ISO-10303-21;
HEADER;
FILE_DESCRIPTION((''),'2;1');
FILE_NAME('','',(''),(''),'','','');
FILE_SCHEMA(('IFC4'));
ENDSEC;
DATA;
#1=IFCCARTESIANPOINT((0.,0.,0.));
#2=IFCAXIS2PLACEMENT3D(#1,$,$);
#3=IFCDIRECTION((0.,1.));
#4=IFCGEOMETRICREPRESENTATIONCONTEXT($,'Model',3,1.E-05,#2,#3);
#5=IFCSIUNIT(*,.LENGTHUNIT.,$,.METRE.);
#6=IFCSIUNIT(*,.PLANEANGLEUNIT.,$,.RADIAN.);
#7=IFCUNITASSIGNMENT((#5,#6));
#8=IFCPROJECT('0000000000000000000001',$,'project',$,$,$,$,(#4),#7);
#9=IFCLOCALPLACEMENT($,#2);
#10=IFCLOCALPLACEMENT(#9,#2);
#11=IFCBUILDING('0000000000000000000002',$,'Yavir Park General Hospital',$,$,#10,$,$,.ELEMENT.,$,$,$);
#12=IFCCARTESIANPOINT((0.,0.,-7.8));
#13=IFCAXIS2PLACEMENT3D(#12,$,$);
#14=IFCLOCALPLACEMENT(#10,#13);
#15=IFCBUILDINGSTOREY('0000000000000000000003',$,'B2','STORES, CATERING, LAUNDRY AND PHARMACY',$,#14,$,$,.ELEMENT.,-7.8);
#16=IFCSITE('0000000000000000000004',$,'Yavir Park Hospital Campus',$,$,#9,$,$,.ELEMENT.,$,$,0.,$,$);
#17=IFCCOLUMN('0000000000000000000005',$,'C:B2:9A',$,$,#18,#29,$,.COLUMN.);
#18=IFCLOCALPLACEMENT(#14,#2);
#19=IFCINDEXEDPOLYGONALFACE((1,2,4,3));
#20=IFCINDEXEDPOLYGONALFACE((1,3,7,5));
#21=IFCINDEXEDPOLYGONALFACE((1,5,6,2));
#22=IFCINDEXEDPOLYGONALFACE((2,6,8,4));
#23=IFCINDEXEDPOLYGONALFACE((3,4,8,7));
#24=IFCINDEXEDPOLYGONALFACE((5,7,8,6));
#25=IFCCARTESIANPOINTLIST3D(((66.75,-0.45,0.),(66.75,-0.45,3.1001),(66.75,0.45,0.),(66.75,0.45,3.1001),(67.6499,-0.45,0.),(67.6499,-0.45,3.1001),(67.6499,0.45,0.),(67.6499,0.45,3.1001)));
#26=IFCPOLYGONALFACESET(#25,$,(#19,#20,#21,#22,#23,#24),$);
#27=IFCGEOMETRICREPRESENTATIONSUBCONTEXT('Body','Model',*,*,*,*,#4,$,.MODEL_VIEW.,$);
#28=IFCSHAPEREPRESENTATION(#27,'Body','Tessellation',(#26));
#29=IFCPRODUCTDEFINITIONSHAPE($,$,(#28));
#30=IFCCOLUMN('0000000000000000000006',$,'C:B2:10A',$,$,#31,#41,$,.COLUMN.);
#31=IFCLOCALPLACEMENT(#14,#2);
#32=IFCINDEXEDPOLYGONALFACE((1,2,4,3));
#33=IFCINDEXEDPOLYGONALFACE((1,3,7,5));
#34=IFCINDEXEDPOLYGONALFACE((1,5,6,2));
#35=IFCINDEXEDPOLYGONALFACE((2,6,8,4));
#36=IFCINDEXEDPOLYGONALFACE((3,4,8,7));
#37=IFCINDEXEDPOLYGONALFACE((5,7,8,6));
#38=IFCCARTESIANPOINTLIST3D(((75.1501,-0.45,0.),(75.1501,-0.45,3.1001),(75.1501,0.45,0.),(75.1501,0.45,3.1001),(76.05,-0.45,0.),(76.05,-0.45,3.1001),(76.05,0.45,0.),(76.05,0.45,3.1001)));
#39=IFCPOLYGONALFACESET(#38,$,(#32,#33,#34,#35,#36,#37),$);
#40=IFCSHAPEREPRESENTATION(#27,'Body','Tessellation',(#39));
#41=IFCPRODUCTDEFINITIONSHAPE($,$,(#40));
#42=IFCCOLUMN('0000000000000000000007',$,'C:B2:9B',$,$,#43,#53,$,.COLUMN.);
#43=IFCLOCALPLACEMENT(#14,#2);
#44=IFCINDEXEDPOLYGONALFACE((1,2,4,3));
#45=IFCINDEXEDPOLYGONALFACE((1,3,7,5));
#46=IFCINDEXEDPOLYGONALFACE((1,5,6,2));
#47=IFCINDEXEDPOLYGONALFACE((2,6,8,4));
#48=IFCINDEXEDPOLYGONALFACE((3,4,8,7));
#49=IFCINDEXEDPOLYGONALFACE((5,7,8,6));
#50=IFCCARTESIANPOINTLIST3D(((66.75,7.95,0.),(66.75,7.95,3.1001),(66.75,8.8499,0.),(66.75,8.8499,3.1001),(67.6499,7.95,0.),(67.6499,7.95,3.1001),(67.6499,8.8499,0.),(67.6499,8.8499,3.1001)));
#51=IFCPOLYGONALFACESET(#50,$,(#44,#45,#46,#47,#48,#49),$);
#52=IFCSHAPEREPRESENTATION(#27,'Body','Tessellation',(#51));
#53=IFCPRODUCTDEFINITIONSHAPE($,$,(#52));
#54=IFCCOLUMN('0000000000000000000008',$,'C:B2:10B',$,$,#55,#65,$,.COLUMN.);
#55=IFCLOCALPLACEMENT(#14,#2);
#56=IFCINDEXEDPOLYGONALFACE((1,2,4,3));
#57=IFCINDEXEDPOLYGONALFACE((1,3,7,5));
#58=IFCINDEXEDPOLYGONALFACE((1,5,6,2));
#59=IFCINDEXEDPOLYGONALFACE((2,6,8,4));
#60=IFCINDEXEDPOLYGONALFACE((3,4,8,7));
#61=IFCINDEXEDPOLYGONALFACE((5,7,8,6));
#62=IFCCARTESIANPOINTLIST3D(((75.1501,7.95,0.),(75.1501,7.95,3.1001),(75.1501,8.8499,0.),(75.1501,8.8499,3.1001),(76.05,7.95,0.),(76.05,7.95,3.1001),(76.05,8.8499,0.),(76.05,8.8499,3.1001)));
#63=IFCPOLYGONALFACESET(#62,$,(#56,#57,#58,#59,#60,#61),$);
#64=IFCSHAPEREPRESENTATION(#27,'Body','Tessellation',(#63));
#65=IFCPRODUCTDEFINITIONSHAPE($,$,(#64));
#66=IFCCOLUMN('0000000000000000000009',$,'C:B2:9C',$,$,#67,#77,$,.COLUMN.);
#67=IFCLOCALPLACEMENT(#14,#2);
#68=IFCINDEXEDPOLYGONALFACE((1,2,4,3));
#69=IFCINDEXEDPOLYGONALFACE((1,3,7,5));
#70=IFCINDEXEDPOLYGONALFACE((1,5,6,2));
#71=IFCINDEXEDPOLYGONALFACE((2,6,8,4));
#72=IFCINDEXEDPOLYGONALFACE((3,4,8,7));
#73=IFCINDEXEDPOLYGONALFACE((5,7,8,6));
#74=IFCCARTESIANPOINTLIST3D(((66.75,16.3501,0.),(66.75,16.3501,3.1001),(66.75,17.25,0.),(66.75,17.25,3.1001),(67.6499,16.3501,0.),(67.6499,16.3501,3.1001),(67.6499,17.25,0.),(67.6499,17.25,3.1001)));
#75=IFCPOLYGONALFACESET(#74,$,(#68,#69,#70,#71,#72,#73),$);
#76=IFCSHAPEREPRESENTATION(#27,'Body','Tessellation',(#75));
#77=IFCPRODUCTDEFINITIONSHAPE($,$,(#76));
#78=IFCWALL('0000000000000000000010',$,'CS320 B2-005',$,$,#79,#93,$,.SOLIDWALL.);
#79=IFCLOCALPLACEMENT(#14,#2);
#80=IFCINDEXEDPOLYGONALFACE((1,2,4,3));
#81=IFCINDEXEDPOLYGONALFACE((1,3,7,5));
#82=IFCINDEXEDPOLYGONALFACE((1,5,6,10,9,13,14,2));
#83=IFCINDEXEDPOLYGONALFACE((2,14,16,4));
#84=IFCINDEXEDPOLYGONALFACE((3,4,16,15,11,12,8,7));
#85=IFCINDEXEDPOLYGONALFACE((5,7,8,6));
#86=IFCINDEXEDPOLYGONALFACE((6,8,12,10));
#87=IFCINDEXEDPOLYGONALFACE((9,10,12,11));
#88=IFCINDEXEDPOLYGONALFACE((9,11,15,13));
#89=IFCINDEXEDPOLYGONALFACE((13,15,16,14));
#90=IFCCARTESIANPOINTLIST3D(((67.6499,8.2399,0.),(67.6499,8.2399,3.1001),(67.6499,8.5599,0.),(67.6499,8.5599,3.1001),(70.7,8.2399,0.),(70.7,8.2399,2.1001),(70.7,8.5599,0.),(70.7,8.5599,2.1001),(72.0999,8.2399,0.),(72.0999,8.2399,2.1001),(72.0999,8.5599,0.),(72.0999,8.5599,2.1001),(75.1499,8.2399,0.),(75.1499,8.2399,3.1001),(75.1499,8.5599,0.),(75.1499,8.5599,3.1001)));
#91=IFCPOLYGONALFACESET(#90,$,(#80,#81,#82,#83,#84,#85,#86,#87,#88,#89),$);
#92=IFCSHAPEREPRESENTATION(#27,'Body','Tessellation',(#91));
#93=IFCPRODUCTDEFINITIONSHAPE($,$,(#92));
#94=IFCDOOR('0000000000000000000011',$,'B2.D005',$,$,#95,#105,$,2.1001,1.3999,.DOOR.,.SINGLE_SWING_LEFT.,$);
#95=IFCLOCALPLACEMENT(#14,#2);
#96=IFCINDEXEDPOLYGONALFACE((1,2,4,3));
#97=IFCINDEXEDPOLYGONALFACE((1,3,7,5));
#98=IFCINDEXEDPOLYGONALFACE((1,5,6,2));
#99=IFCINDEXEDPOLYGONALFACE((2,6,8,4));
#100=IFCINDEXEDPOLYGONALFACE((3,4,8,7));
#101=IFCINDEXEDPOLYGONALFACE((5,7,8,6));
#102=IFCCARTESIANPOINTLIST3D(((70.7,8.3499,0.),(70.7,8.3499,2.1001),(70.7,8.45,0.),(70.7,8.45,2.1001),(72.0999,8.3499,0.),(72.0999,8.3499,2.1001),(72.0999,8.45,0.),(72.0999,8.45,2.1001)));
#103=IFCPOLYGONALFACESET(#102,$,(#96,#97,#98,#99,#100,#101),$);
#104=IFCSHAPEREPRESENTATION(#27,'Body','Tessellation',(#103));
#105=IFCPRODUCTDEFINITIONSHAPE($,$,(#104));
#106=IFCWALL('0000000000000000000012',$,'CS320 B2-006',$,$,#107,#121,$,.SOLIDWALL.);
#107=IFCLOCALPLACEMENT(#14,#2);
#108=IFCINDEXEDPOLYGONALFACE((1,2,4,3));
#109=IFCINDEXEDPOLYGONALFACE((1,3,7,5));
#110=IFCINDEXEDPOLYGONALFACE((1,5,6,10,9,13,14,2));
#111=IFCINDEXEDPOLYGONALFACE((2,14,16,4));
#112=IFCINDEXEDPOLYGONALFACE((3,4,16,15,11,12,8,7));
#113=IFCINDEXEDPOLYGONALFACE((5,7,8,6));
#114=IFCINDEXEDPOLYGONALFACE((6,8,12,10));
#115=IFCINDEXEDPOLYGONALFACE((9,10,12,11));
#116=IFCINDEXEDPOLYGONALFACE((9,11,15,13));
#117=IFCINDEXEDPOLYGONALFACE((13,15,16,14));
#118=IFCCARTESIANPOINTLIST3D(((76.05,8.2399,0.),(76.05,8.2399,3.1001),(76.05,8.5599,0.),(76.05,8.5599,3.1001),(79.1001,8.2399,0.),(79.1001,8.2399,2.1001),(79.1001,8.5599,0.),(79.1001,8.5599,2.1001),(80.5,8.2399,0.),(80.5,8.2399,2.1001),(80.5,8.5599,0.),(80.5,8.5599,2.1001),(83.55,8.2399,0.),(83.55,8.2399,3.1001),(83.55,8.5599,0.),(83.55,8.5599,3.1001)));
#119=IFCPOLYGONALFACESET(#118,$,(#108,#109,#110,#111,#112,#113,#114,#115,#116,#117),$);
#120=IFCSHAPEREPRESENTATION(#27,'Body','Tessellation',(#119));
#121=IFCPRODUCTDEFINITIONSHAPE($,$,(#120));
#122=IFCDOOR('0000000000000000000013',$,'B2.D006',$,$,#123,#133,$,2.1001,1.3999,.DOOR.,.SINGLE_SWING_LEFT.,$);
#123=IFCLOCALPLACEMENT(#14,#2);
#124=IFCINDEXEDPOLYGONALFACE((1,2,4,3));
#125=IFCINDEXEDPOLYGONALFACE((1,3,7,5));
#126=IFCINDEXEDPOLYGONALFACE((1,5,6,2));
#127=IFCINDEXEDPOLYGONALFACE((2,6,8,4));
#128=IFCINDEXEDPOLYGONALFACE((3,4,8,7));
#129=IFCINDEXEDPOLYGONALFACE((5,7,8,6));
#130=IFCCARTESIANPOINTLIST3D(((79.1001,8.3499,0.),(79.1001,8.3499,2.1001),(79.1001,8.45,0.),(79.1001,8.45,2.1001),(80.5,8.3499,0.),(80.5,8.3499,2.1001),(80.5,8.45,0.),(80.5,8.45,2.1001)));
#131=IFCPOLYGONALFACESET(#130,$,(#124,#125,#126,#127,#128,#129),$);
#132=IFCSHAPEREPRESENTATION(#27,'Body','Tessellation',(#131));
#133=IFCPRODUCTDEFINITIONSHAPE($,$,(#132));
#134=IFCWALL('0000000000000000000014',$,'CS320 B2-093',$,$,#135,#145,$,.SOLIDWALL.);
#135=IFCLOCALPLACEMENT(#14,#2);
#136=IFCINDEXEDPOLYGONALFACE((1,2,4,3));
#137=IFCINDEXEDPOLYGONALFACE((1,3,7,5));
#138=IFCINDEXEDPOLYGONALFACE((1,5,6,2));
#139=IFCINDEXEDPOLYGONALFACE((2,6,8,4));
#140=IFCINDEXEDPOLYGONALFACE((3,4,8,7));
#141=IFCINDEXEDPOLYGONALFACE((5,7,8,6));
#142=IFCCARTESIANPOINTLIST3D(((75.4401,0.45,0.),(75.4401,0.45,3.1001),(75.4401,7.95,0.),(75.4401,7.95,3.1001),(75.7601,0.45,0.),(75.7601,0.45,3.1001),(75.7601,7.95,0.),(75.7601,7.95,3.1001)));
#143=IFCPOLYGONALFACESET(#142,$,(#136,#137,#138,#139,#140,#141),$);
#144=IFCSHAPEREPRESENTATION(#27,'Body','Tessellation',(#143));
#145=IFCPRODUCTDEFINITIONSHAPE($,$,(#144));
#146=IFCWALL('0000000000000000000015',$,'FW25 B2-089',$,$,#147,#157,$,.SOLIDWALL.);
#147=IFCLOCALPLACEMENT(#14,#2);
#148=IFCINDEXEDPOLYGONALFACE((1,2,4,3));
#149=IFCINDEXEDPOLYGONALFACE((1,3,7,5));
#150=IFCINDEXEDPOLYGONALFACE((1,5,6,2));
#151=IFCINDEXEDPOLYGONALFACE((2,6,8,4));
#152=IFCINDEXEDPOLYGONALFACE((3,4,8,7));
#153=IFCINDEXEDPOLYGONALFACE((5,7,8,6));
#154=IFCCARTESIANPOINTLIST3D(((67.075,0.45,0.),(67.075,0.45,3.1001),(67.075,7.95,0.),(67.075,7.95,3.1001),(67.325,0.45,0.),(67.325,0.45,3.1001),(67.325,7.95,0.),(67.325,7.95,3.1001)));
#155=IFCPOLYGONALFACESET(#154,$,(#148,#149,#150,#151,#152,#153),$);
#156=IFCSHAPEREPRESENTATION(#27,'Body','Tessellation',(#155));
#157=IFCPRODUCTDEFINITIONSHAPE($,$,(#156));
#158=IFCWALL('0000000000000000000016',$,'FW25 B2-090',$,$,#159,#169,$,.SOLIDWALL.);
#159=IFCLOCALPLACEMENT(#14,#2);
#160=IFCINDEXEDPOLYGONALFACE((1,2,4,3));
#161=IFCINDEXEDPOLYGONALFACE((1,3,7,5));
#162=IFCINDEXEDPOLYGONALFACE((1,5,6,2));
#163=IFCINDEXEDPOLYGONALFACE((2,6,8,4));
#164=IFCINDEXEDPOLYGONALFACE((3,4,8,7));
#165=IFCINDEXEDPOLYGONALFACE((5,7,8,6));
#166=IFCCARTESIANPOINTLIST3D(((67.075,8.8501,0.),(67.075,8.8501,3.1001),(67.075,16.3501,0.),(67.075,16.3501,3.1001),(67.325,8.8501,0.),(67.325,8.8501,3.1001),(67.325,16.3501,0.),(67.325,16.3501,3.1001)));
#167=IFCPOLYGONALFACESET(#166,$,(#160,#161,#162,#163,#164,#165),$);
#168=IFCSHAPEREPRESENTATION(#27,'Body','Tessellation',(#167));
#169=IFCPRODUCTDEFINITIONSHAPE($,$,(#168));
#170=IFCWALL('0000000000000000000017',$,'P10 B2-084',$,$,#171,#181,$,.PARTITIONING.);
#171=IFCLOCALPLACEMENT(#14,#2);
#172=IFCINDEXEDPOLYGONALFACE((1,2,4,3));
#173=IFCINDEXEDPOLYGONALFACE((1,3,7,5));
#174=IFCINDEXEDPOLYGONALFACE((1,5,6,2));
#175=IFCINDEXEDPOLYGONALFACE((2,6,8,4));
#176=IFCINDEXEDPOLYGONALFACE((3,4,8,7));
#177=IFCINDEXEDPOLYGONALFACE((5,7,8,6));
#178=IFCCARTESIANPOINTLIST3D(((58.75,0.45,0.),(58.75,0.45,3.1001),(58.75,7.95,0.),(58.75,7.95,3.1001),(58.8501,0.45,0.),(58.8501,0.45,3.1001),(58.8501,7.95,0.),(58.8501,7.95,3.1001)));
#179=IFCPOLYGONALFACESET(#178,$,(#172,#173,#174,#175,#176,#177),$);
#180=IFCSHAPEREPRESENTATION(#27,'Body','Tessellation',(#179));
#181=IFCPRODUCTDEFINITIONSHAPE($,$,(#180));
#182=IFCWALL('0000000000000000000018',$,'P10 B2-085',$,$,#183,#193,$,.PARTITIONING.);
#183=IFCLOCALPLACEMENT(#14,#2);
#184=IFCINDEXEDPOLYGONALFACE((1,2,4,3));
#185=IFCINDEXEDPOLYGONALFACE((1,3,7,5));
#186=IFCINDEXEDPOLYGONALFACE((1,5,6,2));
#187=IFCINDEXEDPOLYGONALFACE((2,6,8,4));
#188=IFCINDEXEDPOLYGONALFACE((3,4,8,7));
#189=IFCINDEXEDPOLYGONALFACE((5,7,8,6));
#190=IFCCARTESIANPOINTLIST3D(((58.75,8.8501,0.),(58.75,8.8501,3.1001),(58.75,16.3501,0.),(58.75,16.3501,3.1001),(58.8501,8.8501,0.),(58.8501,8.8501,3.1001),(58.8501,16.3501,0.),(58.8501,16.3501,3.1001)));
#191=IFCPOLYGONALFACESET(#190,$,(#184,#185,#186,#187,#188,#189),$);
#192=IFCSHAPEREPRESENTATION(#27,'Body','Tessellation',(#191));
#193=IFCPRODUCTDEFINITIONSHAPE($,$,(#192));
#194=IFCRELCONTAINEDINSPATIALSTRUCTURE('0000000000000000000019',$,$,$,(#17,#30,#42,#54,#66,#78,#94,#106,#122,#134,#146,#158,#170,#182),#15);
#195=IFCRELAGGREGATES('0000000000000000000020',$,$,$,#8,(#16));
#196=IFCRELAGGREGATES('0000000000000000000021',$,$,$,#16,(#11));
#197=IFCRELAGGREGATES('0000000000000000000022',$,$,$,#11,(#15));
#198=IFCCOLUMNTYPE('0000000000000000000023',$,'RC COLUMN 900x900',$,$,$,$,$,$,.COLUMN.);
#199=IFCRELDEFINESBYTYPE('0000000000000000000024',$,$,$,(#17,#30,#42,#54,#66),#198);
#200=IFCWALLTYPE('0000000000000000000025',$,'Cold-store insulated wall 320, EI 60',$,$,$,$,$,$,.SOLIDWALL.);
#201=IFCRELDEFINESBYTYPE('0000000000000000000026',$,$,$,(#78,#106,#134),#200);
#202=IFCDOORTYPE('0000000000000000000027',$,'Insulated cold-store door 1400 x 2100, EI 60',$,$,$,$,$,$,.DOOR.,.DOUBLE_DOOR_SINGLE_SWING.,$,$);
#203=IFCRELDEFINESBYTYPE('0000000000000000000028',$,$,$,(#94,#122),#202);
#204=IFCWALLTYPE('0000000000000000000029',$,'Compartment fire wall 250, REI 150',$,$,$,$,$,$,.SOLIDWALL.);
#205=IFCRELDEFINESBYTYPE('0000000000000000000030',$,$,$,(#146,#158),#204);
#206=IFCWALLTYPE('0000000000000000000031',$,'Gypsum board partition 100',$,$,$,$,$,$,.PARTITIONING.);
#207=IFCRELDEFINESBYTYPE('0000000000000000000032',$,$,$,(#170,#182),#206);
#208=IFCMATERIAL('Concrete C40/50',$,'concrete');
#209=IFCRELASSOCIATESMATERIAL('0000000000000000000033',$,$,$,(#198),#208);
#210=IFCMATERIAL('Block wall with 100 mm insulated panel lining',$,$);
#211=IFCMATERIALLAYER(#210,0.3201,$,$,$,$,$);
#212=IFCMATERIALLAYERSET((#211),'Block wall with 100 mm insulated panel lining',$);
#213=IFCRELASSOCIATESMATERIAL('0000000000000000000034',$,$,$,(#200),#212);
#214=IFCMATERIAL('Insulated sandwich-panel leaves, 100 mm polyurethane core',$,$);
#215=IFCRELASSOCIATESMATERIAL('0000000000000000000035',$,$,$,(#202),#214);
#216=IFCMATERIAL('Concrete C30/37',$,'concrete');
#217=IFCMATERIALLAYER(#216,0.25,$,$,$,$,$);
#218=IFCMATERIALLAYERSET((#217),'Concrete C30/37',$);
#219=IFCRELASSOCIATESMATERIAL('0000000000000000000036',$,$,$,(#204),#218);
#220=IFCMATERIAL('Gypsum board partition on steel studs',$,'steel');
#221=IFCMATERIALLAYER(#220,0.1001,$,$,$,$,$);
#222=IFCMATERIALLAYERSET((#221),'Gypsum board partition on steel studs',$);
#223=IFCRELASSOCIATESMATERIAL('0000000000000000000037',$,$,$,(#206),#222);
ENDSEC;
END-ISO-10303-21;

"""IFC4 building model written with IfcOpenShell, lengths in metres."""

from ifc_helpers import new_model, si_unit, direction, frame, frame_2d, origin, origin_2d, place, context, subcontext, project, spatial, rectangle, extrude, material, layer, layer_set, material_profile, profile_set, type_object, element, fill, save


model = new_model("IFC4")

# Units and contexts
model_context = context("Model", 3, precision=1e-05, world=origin(), true_north=direction((0.0, 1.0)))
body_context = subcontext(model_context, "Body", "Model", "MODEL_VIEW")
ifc_project = project(units=[si_unit("LENGTHUNIT", "METRE"), si_unit("PLANEANGLEUNIT", "RADIAN")], contexts=[model_context])

# Site, building, storey
site_placement = place(None, origin())
site = spatial("IfcSite", under=ifc_project, at=site_placement, Name="Yavir Park Hospital Campus", CompositionType="ELEMENT", RefElevation=0.0)
building_placement = place(site_placement, origin())
building = spatial("IfcBuilding", under=site, at=building_placement, Name="Yavir Park General Hospital", CompositionType="ELEMENT")
storey_placement = place(building_placement, frame((0.0, 0.0, -7.8)))
storey = spatial("IfcBuildingStorey", under=building, at=storey_placement, Name="B2", Description="STORES, CATERING, LAUNDRY AND PHARMACY", CompositionType="ELEMENT", Elevation=-7.8)

# Columns
ifc_material_1 = material(Name="Concrete C40/50", Category="concrete")
ifc_material_profile = material_profile(ifc_material_1, rectangle(XDim=0.8999, YDim=0.8999, at=origin_2d()), Name="RC900x900")
ifc_profile_set = profile_set([ifc_material_profile], Name="Concrete C40/50")
column_type = type_object("IfcColumnType", Name="RC COLUMN 900x900", PredefinedType="COLUMN", material=ifc_profile_set)
for number, where, z_axis, x_axis, name in (
    (1, (67.2, 0.0, 0.0), (0.0, 0.0, 1.0), (1.0, 0.0, 0.0), "C:B2:9A"),
    (2, (75.6001, 0.0, 0.0), (0.0, 0.0, 1.0), (1.0, 0.0, 0.0), "C:B2:10A"),
    (3, (67.2, 8.3999, 0.0), (0.0, 0.0, 1.0), (1.0, 0.0, 0.0), "C:B2:9B"),
    (4, (75.6001, 8.3999, 0.0), (0.0, 0.0, 1.0), (1.0, 0.0, 0.0), "C:B2:10B"),
    (5, (67.2, 16.8, 0.0), (0.0, 0.0, 1.0), (1.0, 0.0, 0.0), "C:B2:9C"),
):
    element("IfcColumn", number, at=place(storey_placement, frame(where, z_axis=z_axis, x_axis=x_axis)), inside=storey, type_object=column_type, Name=name, PredefinedType="COLUMN", context=body_context, shape_type="SweptSolid", body=[
        extrude(rectangle(XDim=0.8999, YDim=0.8999, at=origin_2d()), origin(), (0.0, 0.0, 1.0), 3.1001),
    ])

# Walls, openings, doors
ifc_material_2 = material(Name="Block wall with 100 mm insulated panel lining")
ifc_layer_1 = layer(ifc_material_2, 0.3201)
ifc_layer_set_1 = layer_set([ifc_layer_1], Name="Block wall with 100 mm insulated panel lining")
wall_type_1 = type_object("IfcWallType", Name="Cold-store insulated wall 320, EI 60", PredefinedType="SOLIDWALL", material=ifc_layer_set_1)
wall_1_placement = place(storey_placement, frame((67.6499, 8.3999, 0.0), z_axis=(0.0, 0.0, 1.0), x_axis=(1.0, 0.0, 0.0)))
wall_1 = element("IfcWall", 6, at=wall_1_placement, inside=storey, type_object=wall_type_1, Name="CS320 B2-005", PredefinedType="SOLIDWALL", context=body_context, shape_type="SweptSolid", body=[
    extrude(rectangle(XDim=7.5, YDim=0.3201, at=frame_2d((3.75, 0.0))), origin(), (0.0, 0.0, 1.0), 3.1001),
])
opening_1_placement = place(wall_1_placement, frame((3.05, 0.0, 0.0)))
opening_1 = element("IfcOpeningElement", 7, at=opening_1_placement, cuts=wall_1, PredefinedType="OPENING", context=body_context, shape_type="SweptSolid", body=[
    extrude(rectangle(XDim=1.3999, YDim=2.1001, at=frame_2d((0.7, 1.05))), frame((0.0, 0.1699, 0.0), z_axis=(0.0, -1.0, 0.0), x_axis=(1.0, 0.0, 0.0)), (0.0, 0.0, 1.0), 0.3401),
])
ifc_material_3 = material(Name="Insulated sandwich-panel leaves, 100 mm polyurethane core")
door_type_1 = type_object("IfcDoorType", Name="Insulated cold-store door 1400 x 2100, EI 60", OperationType="DOUBLE_DOOR_SINGLE_SWING", PredefinedType="DOOR", material=ifc_material_3)
door_1_placement = place(opening_1_placement, origin())
door_1 = element("IfcDoor", 8, at=door_1_placement, inside=storey, type_object=door_type_1, Name="B2.D005", OperationType="SINGLE_SWING_LEFT", OverallHeight=2.1001, OverallWidth=1.3999, PredefinedType="DOOR", context=body_context, shape_type="SweptSolid", body=[
    extrude(rectangle(XDim=1.3999, YDim=2.1001, at=frame_2d((0.7, 1.05))), frame((0.0, 0.05, 0.0), z_axis=(0.0, -1.0, 0.0), x_axis=(1.0, 0.0, 0.0)), (0.0, 0.0, 1.0), 0.1001),
])
fill(opening_1, door_1)
wall_2_placement = place(storey_placement, frame((76.05, 8.3999, 0.0), z_axis=(0.0, 0.0, 1.0), x_axis=(1.0, 0.0, 0.0)))
wall_2 = element("IfcWall", 9, at=wall_2_placement, inside=storey, type_object=wall_type_1, Name="CS320 B2-006", PredefinedType="SOLIDWALL", context=body_context, shape_type="SweptSolid", body=[
    extrude(rectangle(XDim=7.5, YDim=0.3201, at=frame_2d((3.75, 0.0))), origin(), (0.0, 0.0, 1.0), 3.1001),
])
opening_2_placement = place(wall_2_placement, frame((3.05, 0.0, 0.0)))
opening_2 = element("IfcOpeningElement", 10, at=opening_2_placement, cuts=wall_2, PredefinedType="OPENING", context=body_context, shape_type="SweptSolid", body=[
    extrude(rectangle(XDim=1.3999, YDim=2.1001, at=frame_2d((0.7, 1.05))), frame((0.0, 0.1699, 0.0), z_axis=(0.0, -1.0, 0.0), x_axis=(1.0, 0.0, 0.0)), (0.0, 0.0, 1.0), 0.3401),
])
door_2_placement = place(opening_2_placement, origin())
door_2 = element("IfcDoor", 11, at=door_2_placement, inside=storey, type_object=door_type_1, Name="B2.D006", OperationType="SINGLE_SWING_LEFT", OverallHeight=2.1001, OverallWidth=1.3999, PredefinedType="DOOR", context=body_context, shape_type="SweptSolid", body=[
    extrude(rectangle(XDim=1.3999, YDim=2.1001, at=frame_2d((0.7, 1.05))), frame((0.0, 0.05, 0.0), z_axis=(0.0, -1.0, 0.0), x_axis=(1.0, 0.0, 0.0)), (0.0, 0.0, 1.0), 0.1001),
])
fill(opening_2, door_2)

# Walls
wall_3_placement = place(storey_placement, frame((75.6001, 0.45, 0.0), z_axis=(0.0, 0.0, 1.0), x_axis=(0.0, 1.0, 0.0)))
element("IfcWall", 12, at=wall_3_placement, inside=storey, type_object=wall_type_1, Name="CS320 B2-093", PredefinedType="SOLIDWALL", context=body_context, shape_type="SweptSolid", body=[
    extrude(rectangle(XDim=7.5, YDim=0.3201, at=frame_2d((3.75, 0.0))), origin(), (0.0, 0.0, 1.0), 3.1001),
])
ifc_material_4 = material(Name="Concrete C30/37", Category="concrete")
ifc_layer_2 = layer(ifc_material_4, 0.25)
ifc_layer_set_2 = layer_set([ifc_layer_2], Name="Concrete C30/37")
wall_type_2 = type_object("IfcWallType", Name="Compartment fire wall 250, REI 150", PredefinedType="SOLIDWALL", material=ifc_layer_set_2)
for number, where, z_axis, x_axis, name in (
    (13, (67.2, 0.45, 0.0), (0.0, 0.0, 1.0), (0.0, 1.0, 0.0), "FW25 B2-089"),
    (14, (67.2, 8.8501, 0.0), (0.0, 0.0, 1.0), (0.0, 1.0, 0.0), "FW25 B2-090"),
):
    element("IfcWall", number, at=place(storey_placement, frame(where, z_axis=z_axis, x_axis=x_axis)), inside=storey, type_object=wall_type_2, Name=name, PredefinedType="SOLIDWALL", context=body_context, shape_type="SweptSolid", body=[
        extrude(rectangle(XDim=7.5, YDim=0.25, at=frame_2d((3.75, 0.0))), origin(), (0.0, 0.0, 1.0), 3.1001),
    ])

# Walls
ifc_material_5 = material(Name="Gypsum board partition on steel studs", Category="steel")
ifc_layer_3 = layer(ifc_material_5, 0.1001)
ifc_layer_set_3 = layer_set([ifc_layer_3], Name="Gypsum board partition on steel studs")
wall_type_3 = type_object("IfcWallType", Name="Gypsum board partition 100", PredefinedType="PARTITIONING", material=ifc_layer_set_3)
for number, where, z_axis, x_axis, name in (
    (15, (58.8, 0.45, 0.0), (0.0, 0.0, 1.0), (0.0, 1.0, 0.0), "P10 B2-084"),
    (16, (58.8, 8.8501, 0.0), (0.0, 0.0, 1.0), (0.0, 1.0, 0.0), "P10 B2-085"),
):
    element("IfcWall", number, at=place(storey_placement, frame(where, z_axis=z_axis, x_axis=x_axis)), inside=storey, type_object=wall_type_3, Name=name, PredefinedType="PARTITIONING", context=body_context, shape_type="SweptSolid", body=[
        extrude(rectangle(XDim=7.5, YDim=0.1001, at=frame_2d((3.75, 0.0))), origin(), (0.0, 0.0, 1.0), 3.1001),
    ])

save(model, "model.ifc")
